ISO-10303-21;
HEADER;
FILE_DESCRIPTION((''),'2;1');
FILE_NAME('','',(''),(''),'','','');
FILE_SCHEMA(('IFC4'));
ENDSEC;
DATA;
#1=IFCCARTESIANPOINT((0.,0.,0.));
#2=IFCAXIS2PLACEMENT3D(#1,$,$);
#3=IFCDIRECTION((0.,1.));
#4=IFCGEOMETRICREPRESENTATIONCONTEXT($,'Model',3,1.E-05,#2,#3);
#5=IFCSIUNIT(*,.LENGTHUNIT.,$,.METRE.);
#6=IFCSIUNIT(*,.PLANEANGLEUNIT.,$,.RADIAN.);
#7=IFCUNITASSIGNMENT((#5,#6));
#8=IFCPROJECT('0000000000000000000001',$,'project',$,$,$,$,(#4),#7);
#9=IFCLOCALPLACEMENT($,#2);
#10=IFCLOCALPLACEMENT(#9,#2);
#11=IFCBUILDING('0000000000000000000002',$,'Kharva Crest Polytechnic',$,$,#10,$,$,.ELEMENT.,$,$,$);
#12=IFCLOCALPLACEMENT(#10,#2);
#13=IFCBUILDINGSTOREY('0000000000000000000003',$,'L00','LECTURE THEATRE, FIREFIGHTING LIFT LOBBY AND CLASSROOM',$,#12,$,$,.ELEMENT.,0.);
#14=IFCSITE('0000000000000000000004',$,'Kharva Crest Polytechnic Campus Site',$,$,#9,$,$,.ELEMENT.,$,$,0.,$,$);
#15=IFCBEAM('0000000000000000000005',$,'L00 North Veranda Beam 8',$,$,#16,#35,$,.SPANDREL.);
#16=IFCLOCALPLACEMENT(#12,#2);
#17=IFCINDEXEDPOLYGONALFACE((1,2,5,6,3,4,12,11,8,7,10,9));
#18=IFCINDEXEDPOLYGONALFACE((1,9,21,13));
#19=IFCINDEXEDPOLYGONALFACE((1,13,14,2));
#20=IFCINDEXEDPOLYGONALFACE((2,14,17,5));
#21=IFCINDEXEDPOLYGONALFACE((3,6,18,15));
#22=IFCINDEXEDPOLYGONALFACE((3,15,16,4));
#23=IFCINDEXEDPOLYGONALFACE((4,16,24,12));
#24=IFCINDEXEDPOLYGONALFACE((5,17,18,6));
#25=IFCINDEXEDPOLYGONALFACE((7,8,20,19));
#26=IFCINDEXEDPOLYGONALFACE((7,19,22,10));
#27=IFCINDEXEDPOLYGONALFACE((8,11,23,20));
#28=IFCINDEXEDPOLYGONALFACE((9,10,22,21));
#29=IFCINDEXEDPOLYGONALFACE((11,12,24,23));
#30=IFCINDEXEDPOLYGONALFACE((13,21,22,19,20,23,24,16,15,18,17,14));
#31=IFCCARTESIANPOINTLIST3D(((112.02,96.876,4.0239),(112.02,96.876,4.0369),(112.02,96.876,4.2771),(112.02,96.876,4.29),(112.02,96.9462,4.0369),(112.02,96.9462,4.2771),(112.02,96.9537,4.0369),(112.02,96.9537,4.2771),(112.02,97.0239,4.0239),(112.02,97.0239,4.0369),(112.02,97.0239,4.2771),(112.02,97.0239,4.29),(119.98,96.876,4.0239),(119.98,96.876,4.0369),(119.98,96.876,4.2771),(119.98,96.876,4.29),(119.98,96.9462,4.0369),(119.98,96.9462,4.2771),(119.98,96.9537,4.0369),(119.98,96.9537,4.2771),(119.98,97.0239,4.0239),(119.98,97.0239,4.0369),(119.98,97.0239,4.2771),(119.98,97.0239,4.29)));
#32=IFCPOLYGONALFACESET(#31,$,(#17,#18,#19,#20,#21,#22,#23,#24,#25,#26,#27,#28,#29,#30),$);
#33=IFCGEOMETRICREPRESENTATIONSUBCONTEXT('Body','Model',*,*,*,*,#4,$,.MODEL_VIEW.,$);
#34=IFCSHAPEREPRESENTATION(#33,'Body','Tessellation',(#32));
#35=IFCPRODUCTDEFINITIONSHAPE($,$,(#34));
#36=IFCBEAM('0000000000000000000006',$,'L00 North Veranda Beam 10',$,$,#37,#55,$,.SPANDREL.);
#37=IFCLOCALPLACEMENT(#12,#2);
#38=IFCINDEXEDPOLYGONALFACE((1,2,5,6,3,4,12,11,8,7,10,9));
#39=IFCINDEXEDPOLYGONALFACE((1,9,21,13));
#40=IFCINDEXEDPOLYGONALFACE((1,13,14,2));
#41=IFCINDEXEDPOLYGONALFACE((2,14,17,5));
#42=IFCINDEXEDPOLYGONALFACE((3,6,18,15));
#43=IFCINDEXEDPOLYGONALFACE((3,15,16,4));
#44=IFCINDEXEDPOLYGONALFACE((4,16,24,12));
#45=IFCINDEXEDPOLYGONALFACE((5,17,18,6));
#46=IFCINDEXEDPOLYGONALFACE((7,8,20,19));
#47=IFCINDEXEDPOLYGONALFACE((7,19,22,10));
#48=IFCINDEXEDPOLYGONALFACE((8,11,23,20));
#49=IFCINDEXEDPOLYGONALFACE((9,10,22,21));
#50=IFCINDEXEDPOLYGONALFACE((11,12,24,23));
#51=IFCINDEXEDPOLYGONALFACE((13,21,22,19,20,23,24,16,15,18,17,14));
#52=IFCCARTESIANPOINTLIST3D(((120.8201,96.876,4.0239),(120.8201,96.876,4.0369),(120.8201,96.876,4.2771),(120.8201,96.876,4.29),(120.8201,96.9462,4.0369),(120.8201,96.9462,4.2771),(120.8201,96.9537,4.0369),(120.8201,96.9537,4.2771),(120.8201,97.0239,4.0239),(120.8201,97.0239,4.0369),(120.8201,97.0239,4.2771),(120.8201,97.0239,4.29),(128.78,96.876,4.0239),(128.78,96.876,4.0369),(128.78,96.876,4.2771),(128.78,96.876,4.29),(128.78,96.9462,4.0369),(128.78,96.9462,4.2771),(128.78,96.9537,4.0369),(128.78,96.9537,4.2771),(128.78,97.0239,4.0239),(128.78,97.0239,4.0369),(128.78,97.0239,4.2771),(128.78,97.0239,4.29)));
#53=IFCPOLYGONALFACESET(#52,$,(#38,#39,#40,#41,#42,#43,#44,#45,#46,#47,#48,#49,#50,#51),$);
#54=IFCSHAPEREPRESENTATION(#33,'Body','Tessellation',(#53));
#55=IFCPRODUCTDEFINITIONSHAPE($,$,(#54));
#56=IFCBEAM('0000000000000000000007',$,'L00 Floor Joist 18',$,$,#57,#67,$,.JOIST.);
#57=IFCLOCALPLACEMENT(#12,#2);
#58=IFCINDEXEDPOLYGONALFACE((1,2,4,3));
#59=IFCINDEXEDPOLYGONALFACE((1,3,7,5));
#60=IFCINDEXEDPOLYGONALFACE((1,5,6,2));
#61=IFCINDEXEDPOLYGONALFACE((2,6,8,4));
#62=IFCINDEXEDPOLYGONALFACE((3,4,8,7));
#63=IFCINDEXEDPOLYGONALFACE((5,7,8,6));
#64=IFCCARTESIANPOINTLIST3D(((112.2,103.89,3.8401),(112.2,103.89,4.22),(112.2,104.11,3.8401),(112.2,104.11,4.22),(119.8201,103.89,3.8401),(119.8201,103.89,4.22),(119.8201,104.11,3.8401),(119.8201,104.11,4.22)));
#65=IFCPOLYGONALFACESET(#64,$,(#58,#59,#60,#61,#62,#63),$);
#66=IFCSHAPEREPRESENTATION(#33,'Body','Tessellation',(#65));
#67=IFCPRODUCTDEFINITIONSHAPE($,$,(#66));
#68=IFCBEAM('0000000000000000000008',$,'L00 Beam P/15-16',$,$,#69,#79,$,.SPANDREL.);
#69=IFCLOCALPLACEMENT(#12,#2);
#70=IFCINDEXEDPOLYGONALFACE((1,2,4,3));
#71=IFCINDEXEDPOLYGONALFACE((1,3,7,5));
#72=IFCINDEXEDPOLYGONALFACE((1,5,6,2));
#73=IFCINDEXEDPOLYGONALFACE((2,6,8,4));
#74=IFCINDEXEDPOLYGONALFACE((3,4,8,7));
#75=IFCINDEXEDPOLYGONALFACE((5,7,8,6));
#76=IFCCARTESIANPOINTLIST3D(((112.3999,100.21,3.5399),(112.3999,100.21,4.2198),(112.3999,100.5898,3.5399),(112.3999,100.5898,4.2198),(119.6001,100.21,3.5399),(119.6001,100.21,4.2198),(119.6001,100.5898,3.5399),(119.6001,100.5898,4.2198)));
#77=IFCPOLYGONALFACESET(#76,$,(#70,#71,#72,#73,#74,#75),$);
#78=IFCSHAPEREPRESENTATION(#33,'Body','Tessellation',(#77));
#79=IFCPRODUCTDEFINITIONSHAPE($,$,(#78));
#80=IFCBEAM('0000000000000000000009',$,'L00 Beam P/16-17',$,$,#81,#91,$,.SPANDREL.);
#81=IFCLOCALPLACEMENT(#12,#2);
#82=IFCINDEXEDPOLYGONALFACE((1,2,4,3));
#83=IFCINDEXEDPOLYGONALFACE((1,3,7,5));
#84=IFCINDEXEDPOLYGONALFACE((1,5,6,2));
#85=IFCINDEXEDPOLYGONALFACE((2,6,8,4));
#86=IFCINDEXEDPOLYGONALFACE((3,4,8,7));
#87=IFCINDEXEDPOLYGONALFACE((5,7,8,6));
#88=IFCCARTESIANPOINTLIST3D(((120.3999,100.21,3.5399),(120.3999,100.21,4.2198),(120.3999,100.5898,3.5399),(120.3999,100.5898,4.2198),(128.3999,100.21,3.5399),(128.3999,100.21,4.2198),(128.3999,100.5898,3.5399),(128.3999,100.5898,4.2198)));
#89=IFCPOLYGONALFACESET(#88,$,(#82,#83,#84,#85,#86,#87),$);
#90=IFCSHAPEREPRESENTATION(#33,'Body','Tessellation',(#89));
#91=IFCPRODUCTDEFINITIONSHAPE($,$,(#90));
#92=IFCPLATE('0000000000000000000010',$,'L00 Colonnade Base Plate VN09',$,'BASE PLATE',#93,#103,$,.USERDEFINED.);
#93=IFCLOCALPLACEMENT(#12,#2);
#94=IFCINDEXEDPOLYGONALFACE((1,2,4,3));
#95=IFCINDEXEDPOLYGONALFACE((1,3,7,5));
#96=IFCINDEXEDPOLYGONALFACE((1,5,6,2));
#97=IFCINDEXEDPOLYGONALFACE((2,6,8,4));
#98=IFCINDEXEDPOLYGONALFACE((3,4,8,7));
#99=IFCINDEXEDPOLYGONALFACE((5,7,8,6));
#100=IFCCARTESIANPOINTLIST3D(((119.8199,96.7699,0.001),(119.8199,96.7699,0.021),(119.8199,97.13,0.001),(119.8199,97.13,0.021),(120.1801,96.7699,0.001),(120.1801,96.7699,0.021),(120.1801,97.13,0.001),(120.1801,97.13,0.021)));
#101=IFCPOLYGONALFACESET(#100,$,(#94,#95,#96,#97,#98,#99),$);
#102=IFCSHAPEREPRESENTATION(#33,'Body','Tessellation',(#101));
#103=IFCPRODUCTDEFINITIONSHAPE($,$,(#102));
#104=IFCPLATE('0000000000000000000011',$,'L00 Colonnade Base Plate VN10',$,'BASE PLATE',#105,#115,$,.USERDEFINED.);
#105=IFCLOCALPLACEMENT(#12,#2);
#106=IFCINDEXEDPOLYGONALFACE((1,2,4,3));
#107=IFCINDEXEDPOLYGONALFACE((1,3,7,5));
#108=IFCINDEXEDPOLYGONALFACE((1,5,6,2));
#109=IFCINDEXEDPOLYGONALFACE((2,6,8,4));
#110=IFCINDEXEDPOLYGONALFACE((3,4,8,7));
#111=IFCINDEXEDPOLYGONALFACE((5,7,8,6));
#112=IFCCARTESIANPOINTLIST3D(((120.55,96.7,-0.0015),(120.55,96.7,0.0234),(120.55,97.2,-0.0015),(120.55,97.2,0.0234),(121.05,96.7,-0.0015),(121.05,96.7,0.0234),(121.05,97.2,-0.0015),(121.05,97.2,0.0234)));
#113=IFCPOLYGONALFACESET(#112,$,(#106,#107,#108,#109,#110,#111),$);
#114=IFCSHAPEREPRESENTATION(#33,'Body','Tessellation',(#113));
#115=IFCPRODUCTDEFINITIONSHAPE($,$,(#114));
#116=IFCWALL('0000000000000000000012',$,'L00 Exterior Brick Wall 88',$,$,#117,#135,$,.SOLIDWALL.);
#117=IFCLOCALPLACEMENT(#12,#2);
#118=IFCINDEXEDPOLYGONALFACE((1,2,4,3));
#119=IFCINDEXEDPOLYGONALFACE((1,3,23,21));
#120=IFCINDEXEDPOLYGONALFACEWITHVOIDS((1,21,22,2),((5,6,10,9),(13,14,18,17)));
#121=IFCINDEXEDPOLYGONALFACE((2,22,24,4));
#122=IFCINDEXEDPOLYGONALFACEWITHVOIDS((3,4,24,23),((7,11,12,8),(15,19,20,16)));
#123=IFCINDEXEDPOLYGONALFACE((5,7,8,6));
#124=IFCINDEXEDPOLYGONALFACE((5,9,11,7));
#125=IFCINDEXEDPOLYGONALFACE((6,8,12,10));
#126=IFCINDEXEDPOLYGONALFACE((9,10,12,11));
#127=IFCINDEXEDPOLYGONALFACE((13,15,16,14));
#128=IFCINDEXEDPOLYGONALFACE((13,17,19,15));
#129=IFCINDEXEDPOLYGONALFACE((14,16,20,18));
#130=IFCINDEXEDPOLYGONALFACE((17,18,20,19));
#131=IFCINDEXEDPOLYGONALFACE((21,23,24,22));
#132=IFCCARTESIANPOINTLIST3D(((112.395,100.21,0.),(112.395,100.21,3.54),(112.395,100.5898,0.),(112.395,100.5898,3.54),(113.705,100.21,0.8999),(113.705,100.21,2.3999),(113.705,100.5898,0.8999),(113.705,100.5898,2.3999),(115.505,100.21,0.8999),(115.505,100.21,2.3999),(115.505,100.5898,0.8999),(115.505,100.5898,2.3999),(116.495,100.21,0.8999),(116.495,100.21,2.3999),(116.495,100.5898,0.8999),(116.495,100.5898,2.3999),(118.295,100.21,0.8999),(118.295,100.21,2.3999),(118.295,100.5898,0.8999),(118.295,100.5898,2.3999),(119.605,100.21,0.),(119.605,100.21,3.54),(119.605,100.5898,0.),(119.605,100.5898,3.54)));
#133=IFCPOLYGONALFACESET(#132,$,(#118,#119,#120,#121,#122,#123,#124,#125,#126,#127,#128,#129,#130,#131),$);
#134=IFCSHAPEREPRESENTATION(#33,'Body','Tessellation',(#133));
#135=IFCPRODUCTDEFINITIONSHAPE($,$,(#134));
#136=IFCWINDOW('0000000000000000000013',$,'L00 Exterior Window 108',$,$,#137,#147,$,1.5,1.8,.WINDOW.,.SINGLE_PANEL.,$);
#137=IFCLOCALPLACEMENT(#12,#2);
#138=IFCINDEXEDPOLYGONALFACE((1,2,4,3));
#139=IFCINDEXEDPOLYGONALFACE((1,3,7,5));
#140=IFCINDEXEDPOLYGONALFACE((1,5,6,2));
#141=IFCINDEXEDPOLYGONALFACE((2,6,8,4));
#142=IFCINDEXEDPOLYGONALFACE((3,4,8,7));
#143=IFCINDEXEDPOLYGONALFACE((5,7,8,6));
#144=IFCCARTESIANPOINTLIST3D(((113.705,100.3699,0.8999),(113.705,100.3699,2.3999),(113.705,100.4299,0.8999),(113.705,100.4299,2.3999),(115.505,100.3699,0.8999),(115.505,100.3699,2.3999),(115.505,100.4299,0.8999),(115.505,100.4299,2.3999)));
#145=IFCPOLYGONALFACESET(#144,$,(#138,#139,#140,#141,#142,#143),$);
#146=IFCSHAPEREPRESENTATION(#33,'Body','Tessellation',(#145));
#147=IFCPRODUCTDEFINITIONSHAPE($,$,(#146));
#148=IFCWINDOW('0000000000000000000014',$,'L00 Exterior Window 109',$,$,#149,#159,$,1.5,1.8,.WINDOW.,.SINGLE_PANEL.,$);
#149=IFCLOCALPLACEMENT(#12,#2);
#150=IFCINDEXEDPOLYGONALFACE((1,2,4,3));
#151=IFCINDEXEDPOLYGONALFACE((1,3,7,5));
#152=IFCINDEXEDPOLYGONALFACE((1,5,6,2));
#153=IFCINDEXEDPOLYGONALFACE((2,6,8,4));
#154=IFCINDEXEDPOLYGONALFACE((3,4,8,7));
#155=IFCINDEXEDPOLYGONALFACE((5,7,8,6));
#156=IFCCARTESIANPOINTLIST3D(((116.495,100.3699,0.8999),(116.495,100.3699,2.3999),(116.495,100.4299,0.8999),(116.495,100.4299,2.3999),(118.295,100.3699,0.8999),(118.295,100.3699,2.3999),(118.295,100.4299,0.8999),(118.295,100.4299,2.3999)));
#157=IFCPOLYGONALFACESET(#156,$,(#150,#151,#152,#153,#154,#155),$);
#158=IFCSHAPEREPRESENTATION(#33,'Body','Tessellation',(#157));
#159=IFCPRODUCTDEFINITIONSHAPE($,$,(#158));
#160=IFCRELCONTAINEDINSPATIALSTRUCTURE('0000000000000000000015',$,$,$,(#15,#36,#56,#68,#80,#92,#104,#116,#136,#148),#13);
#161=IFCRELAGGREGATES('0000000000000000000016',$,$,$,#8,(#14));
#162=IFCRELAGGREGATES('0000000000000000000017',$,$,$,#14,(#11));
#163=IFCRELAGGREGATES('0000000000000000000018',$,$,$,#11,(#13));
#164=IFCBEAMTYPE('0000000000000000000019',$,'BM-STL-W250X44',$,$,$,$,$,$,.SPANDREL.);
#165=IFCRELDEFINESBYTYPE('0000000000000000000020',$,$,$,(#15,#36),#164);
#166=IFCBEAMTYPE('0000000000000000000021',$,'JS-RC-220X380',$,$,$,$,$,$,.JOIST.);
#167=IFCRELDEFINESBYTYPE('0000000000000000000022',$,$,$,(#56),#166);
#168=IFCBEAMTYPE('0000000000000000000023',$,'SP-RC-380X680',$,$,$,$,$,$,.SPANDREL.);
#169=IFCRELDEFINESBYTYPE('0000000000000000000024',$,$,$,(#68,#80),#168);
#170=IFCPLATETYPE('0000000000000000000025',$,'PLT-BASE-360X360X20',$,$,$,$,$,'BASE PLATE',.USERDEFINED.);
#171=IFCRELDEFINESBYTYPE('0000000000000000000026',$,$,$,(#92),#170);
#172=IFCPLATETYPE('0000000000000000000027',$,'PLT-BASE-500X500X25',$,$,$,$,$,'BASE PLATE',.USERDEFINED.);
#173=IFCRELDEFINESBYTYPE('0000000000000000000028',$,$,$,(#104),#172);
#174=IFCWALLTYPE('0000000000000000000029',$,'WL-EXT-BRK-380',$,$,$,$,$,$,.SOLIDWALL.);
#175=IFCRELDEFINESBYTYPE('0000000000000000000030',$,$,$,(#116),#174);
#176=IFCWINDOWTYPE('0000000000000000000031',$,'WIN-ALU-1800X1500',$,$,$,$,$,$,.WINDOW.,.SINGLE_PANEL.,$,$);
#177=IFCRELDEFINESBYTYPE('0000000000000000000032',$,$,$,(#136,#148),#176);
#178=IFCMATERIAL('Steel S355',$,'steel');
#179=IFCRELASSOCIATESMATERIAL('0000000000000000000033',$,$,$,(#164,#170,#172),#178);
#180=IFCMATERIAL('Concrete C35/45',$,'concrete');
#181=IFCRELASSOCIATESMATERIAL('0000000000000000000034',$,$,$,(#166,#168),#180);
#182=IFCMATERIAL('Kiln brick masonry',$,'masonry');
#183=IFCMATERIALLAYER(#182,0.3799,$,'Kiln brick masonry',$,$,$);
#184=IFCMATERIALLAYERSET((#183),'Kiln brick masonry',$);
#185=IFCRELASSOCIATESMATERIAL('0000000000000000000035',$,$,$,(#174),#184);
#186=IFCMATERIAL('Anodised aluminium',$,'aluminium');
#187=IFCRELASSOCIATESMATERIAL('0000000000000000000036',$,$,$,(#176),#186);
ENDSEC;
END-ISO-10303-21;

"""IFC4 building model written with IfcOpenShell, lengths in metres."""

from ifc_helpers import new_model, si_unit, direction, frame, frame_2d, origin, origin_2d, place, context, subcontext, project, spatial, rectangle, i_section, extrude, material, layer, layer_set, material_profile, profile_set, type_object, element, fill, save


model = new_model("IFC4")

# Units and contexts
model_context = context("Model", 3, precision=1e-05, world=origin(), true_north=direction((0.0, 1.0)))
body_context = subcontext(model_context, "Body", "Model", "MODEL_VIEW")
ifc_project = project(units=[si_unit("LENGTHUNIT", "METRE"), si_unit("PLANEANGLEUNIT", "RADIAN")], contexts=[model_context])

# Site, building, storey
site_placement = place(None, origin())
site = spatial("IfcSite", under=ifc_project, at=site_placement, Name="Kharva Crest Polytechnic Campus Site", CompositionType="ELEMENT", RefElevation=0.0)
building_placement = place(site_placement, origin())
building = spatial("IfcBuilding", under=site, at=building_placement, Name="Kharva Crest Polytechnic", CompositionType="ELEMENT")
storey_placement = place(building_placement, origin())
storey = spatial("IfcBuildingStorey", under=building, at=storey_placement, Name="L00", Description="LECTURE THEATRE, FIREFIGHTING LIFT LOBBY AND CLASSROOM", CompositionType="ELEMENT", Elevation=0.0)

# Shared definitions
ifc_material_1 = material(Name="Concrete C35/45", Category="concrete")

# Shared definitions
ifc_material_2 = material(Name="Steel S355", Category="steel")

# Beams
ifc_material_profile_1 = material_profile(ifc_material_2, i_section(OverallWidth=0.1479, OverallDepth=0.2661, WebThickness=0.0076, FlangeThickness=0.0129, at=origin_2d()), Name="W250X44.8")
ifc_profile_set_1 = profile_set([ifc_material_profile_1], Name="Steel S355")
beam_type_1 = type_object("IfcBeamType", Name="BM-STL-W250X44", PredefinedType="SPANDREL", material=ifc_profile_set_1)
for number, where, z_axis, x_axis, name in (
    (1, (112.02, 96.95, 4.157), (1.0, 0.0, 0.0), (0.0, 1.0, 0.0), "L00 North Veranda Beam 8"),
    (2, (120.8201, 96.95, 4.157), (1.0, 0.0, 0.0), (0.0, 1.0, 0.0), "L00 North Veranda Beam 10"),
):
    element("IfcBeam", number, at=place(storey_placement, frame(where, z_axis=z_axis, x_axis=x_axis)), inside=storey, type_object=beam_type_1, Name=name, PredefinedType="SPANDREL", context=body_context, shape_type="SweptSolid", body=[
        extrude(i_section(OverallWidth=0.1479, OverallDepth=0.2661, WebThickness=0.0076, FlangeThickness=0.0129, at=origin_2d()), origin(), (0.0, 0.0, 1.0), 7.96),
    ])
ifc_material_profile_2 = material_profile(ifc_material_1, rectangle(XDim=0.22, YDim=0.3799, at=origin_2d()), Name="RECT 220 X 380")
ifc_profile_set_2 = profile_set([ifc_material_profile_2], Name="Concrete C35/45")
beam_type_2 = type_object("IfcBeamType", Name="JS-RC-220X380", PredefinedType="JOIST", material=ifc_profile_set_2)
beam_1_placement = place(storey_placement, frame((112.2, 104.0, 4.03), z_axis=(1.0, 0.0, 0.0), x_axis=(0.0, 1.0, 0.0)))
element("IfcBeam", 3, at=beam_1_placement, inside=storey, type_object=beam_type_2, Name="L00 Floor Joist 18", PredefinedType="JOIST", context=body_context, shape_type="SweptSolid", body=[
    extrude(rectangle(XDim=0.22, YDim=0.3799, at=origin_2d()), origin(), (0.0, 0.0, 1.0), 7.6201),
])
ifc_material_profile_3 = material_profile(ifc_material_1, rectangle(XDim=0.3799, YDim=0.6799, at=origin_2d()), Name="RECT 380 X 680")
ifc_profile_set_3 = profile_set([ifc_material_profile_3], Name="Concrete C35/45")
beam_type_3 = type_object("IfcBeamType", Name="SP-RC-380X680", PredefinedType="SPANDREL", material=ifc_profile_set_3)
beam_2_placement = place(storey_placement, frame((112.3999, 100.3999, 3.8799), z_axis=(1.0, 0.0, 0.0), x_axis=(0.0, 1.0, 0.0)))
element("IfcBeam", 4, at=beam_2_placement, inside=storey, type_object=beam_type_3, Name="L00 Beam P/15-16", PredefinedType="SPANDREL", context=body_context, shape_type="SweptSolid", body=[
    extrude(rectangle(XDim=0.3799, YDim=0.6799, at=origin_2d()), origin(), (0.0, 0.0, 1.0), 7.2002),
])
beam_3_placement = place(storey_placement, frame((120.3999, 100.3999, 3.8799), z_axis=(1.0, 0.0, 0.0), x_axis=(0.0, 1.0, 0.0)))
element("IfcBeam", 5, at=beam_3_placement, inside=storey, type_object=beam_type_3, Name="L00 Beam P/16-17", PredefinedType="SPANDREL", context=body_context, shape_type="SweptSolid", body=[
    extrude(rectangle(XDim=0.3799, YDim=0.6799, at=origin_2d()), origin(), (0.0, 0.0, 1.0), 8.0),
])

# Plates
plate_type_1 = type_object("IfcPlateType", Name="PLT-BASE-360X360X20", ElementType="BASE PLATE", PredefinedType="USERDEFINED", material=ifc_material_2)
plate_1_placement = place(storey_placement, frame((120.0, 96.95, 0.001), z_axis=(0.0, 0.0, 1.0), x_axis=(1.0, 0.0, 0.0)))
element("IfcPlate", 6, at=plate_1_placement, inside=storey, type_object=plate_type_1, Name="L00 Colonnade Base Plate VN09", ObjectType="BASE PLATE", PredefinedType="USERDEFINED", context=body_context, shape_type="SweptSolid", body=[
    extrude(rectangle(XDim=0.3601, YDim=0.3601, at=origin_2d()), origin(), (0.0, 0.0, 1.0), 0.02),
])
plate_type_2 = type_object("IfcPlateType", Name="PLT-BASE-500X500X25", ElementType="BASE PLATE", PredefinedType="USERDEFINED", material=ifc_material_2)
plate_2_placement = place(storey_placement, frame((120.8, 96.95, -0.0015), z_axis=(0.0, 0.0, 1.0), x_axis=(1.0, 0.0, 0.0)))
element("IfcPlate", 7, at=plate_2_placement, inside=storey, type_object=plate_type_2, Name="L00 Colonnade Base Plate VN10", ObjectType="BASE PLATE", PredefinedType="USERDEFINED", context=body_context, shape_type="SweptSolid", body=[
    extrude(rectangle(XDim=0.5, YDim=0.5, at=origin_2d()), origin(), (0.0, 0.0, 1.0), 0.0249),
])

# Shared definitions
ifc_material_3 = material(Name="Kiln brick masonry", Category="masonry")
ifc_material_4 = material(Name="Anodised aluminium", Category="aluminium")

# Wall, openings, windows
ifc_layer_1 = layer(ifc_material_3, 0.3799, Name="Kiln brick masonry")
ifc_layer_set_1 = layer_set([ifc_layer_1], Name="Kiln brick masonry")
wall_type_1 = type_object("IfcWallType", Name="WL-EXT-BRK-380", PredefinedType="SOLIDWALL", material=ifc_layer_set_1)
wall_1_placement = place(storey_placement, frame((112.395, 100.3999, 0.0), z_axis=(0.0, 0.0, 1.0), x_axis=(1.0, 0.0, 0.0)))
wall_1 = element("IfcWall", 8, at=wall_1_placement, inside=storey, type_object=wall_type_1, Name="L00 Exterior Brick Wall 88", PredefinedType="SOLIDWALL", context=body_context, shape_type="SweptSolid", body=[
    extrude(rectangle(XDim=7.21, YDim=0.3799, at=frame_2d((3.605, 0.0))), origin(), (0.0, 0.0, 1.0), 3.54),
])
opening_1_placement = place(wall_1_placement, frame((1.3101, 0.0, 0.8999)))
opening_1 = element("IfcOpeningElement", 9, at=opening_1_placement, cuts=wall_1, PredefinedType="OPENING", context=body_context, shape_type="SweptSolid", body=[
    extrude(rectangle(XDim=1.8, YDim=1.5, at=frame_2d((0.8999, 0.75))), frame((0.0, 0.2, 0.0), z_axis=(0.0, -1.0, 0.0), x_axis=(1.0, 0.0, 0.0)), (0.0, 0.0, 1.0), 0.3999),
])
opening_2_placement = place(wall_1_placement, frame((4.1001, 0.0, 0.8999)))
opening_2 = element("IfcOpeningElement", 10, at=opening_2_placement, cuts=wall_1, PredefinedType="OPENING", context=body_context, shape_type="SweptSolid", body=[
    extrude(rectangle(XDim=1.8, YDim=1.5, at=frame_2d((0.8999, 0.75))), frame((0.0, 0.2, 0.0), z_axis=(0.0, -1.0, 0.0), x_axis=(1.0, 0.0, 0.0)), (0.0, 0.0, 1.0), 0.3999),
])
window_type = type_object("IfcWindowType", Name="WIN-ALU-1800X1500", PartitioningType="SINGLE_PANEL", PredefinedType="WINDOW", material=ifc_material_4)
window_1_placement = place(opening_1_placement, origin())
window_1 = element("IfcWindow", 11, at=window_1_placement, inside=storey, type_object=window_type, Name="L00 Exterior Window 108", OverallHeight=1.5, OverallWidth=1.8, PartitioningType="SINGLE_PANEL", PredefinedType="WINDOW", context=body_context, shape_type="SweptSolid", body=[
    extrude(rectangle(XDim=1.8, YDim=1.5, at=frame_2d((0.8999, 0.75))), frame((0.0, 0.03, 0.0), z_axis=(0.0, -1.0, 0.0), x_axis=(1.0, 0.0, 0.0)), (0.0, 0.0, 1.0), 0.0601),
])
fill(opening_1, window_1)
window_2_placement = place(opening_2_placement, origin())
window_2 = element("IfcWindow", 12, at=window_2_placement, inside=storey, type_object=window_type, Name="L00 Exterior Window 109", OverallHeight=1.5, OverallWidth=1.8, PartitioningType="SINGLE_PANEL", PredefinedType="WINDOW", context=body_context, shape_type="SweptSolid", body=[
    extrude(rectangle(XDim=1.8, YDim=1.5, at=frame_2d((0.8999, 0.75))), frame((0.0, 0.03, 0.0), z_axis=(0.0, -1.0, 0.0), x_axis=(1.0, 0.0, 0.0)), (0.0, 0.0, 1.0), 0.0601),
])
fill(opening_2, window_2)

save(model, "model.ifc")
